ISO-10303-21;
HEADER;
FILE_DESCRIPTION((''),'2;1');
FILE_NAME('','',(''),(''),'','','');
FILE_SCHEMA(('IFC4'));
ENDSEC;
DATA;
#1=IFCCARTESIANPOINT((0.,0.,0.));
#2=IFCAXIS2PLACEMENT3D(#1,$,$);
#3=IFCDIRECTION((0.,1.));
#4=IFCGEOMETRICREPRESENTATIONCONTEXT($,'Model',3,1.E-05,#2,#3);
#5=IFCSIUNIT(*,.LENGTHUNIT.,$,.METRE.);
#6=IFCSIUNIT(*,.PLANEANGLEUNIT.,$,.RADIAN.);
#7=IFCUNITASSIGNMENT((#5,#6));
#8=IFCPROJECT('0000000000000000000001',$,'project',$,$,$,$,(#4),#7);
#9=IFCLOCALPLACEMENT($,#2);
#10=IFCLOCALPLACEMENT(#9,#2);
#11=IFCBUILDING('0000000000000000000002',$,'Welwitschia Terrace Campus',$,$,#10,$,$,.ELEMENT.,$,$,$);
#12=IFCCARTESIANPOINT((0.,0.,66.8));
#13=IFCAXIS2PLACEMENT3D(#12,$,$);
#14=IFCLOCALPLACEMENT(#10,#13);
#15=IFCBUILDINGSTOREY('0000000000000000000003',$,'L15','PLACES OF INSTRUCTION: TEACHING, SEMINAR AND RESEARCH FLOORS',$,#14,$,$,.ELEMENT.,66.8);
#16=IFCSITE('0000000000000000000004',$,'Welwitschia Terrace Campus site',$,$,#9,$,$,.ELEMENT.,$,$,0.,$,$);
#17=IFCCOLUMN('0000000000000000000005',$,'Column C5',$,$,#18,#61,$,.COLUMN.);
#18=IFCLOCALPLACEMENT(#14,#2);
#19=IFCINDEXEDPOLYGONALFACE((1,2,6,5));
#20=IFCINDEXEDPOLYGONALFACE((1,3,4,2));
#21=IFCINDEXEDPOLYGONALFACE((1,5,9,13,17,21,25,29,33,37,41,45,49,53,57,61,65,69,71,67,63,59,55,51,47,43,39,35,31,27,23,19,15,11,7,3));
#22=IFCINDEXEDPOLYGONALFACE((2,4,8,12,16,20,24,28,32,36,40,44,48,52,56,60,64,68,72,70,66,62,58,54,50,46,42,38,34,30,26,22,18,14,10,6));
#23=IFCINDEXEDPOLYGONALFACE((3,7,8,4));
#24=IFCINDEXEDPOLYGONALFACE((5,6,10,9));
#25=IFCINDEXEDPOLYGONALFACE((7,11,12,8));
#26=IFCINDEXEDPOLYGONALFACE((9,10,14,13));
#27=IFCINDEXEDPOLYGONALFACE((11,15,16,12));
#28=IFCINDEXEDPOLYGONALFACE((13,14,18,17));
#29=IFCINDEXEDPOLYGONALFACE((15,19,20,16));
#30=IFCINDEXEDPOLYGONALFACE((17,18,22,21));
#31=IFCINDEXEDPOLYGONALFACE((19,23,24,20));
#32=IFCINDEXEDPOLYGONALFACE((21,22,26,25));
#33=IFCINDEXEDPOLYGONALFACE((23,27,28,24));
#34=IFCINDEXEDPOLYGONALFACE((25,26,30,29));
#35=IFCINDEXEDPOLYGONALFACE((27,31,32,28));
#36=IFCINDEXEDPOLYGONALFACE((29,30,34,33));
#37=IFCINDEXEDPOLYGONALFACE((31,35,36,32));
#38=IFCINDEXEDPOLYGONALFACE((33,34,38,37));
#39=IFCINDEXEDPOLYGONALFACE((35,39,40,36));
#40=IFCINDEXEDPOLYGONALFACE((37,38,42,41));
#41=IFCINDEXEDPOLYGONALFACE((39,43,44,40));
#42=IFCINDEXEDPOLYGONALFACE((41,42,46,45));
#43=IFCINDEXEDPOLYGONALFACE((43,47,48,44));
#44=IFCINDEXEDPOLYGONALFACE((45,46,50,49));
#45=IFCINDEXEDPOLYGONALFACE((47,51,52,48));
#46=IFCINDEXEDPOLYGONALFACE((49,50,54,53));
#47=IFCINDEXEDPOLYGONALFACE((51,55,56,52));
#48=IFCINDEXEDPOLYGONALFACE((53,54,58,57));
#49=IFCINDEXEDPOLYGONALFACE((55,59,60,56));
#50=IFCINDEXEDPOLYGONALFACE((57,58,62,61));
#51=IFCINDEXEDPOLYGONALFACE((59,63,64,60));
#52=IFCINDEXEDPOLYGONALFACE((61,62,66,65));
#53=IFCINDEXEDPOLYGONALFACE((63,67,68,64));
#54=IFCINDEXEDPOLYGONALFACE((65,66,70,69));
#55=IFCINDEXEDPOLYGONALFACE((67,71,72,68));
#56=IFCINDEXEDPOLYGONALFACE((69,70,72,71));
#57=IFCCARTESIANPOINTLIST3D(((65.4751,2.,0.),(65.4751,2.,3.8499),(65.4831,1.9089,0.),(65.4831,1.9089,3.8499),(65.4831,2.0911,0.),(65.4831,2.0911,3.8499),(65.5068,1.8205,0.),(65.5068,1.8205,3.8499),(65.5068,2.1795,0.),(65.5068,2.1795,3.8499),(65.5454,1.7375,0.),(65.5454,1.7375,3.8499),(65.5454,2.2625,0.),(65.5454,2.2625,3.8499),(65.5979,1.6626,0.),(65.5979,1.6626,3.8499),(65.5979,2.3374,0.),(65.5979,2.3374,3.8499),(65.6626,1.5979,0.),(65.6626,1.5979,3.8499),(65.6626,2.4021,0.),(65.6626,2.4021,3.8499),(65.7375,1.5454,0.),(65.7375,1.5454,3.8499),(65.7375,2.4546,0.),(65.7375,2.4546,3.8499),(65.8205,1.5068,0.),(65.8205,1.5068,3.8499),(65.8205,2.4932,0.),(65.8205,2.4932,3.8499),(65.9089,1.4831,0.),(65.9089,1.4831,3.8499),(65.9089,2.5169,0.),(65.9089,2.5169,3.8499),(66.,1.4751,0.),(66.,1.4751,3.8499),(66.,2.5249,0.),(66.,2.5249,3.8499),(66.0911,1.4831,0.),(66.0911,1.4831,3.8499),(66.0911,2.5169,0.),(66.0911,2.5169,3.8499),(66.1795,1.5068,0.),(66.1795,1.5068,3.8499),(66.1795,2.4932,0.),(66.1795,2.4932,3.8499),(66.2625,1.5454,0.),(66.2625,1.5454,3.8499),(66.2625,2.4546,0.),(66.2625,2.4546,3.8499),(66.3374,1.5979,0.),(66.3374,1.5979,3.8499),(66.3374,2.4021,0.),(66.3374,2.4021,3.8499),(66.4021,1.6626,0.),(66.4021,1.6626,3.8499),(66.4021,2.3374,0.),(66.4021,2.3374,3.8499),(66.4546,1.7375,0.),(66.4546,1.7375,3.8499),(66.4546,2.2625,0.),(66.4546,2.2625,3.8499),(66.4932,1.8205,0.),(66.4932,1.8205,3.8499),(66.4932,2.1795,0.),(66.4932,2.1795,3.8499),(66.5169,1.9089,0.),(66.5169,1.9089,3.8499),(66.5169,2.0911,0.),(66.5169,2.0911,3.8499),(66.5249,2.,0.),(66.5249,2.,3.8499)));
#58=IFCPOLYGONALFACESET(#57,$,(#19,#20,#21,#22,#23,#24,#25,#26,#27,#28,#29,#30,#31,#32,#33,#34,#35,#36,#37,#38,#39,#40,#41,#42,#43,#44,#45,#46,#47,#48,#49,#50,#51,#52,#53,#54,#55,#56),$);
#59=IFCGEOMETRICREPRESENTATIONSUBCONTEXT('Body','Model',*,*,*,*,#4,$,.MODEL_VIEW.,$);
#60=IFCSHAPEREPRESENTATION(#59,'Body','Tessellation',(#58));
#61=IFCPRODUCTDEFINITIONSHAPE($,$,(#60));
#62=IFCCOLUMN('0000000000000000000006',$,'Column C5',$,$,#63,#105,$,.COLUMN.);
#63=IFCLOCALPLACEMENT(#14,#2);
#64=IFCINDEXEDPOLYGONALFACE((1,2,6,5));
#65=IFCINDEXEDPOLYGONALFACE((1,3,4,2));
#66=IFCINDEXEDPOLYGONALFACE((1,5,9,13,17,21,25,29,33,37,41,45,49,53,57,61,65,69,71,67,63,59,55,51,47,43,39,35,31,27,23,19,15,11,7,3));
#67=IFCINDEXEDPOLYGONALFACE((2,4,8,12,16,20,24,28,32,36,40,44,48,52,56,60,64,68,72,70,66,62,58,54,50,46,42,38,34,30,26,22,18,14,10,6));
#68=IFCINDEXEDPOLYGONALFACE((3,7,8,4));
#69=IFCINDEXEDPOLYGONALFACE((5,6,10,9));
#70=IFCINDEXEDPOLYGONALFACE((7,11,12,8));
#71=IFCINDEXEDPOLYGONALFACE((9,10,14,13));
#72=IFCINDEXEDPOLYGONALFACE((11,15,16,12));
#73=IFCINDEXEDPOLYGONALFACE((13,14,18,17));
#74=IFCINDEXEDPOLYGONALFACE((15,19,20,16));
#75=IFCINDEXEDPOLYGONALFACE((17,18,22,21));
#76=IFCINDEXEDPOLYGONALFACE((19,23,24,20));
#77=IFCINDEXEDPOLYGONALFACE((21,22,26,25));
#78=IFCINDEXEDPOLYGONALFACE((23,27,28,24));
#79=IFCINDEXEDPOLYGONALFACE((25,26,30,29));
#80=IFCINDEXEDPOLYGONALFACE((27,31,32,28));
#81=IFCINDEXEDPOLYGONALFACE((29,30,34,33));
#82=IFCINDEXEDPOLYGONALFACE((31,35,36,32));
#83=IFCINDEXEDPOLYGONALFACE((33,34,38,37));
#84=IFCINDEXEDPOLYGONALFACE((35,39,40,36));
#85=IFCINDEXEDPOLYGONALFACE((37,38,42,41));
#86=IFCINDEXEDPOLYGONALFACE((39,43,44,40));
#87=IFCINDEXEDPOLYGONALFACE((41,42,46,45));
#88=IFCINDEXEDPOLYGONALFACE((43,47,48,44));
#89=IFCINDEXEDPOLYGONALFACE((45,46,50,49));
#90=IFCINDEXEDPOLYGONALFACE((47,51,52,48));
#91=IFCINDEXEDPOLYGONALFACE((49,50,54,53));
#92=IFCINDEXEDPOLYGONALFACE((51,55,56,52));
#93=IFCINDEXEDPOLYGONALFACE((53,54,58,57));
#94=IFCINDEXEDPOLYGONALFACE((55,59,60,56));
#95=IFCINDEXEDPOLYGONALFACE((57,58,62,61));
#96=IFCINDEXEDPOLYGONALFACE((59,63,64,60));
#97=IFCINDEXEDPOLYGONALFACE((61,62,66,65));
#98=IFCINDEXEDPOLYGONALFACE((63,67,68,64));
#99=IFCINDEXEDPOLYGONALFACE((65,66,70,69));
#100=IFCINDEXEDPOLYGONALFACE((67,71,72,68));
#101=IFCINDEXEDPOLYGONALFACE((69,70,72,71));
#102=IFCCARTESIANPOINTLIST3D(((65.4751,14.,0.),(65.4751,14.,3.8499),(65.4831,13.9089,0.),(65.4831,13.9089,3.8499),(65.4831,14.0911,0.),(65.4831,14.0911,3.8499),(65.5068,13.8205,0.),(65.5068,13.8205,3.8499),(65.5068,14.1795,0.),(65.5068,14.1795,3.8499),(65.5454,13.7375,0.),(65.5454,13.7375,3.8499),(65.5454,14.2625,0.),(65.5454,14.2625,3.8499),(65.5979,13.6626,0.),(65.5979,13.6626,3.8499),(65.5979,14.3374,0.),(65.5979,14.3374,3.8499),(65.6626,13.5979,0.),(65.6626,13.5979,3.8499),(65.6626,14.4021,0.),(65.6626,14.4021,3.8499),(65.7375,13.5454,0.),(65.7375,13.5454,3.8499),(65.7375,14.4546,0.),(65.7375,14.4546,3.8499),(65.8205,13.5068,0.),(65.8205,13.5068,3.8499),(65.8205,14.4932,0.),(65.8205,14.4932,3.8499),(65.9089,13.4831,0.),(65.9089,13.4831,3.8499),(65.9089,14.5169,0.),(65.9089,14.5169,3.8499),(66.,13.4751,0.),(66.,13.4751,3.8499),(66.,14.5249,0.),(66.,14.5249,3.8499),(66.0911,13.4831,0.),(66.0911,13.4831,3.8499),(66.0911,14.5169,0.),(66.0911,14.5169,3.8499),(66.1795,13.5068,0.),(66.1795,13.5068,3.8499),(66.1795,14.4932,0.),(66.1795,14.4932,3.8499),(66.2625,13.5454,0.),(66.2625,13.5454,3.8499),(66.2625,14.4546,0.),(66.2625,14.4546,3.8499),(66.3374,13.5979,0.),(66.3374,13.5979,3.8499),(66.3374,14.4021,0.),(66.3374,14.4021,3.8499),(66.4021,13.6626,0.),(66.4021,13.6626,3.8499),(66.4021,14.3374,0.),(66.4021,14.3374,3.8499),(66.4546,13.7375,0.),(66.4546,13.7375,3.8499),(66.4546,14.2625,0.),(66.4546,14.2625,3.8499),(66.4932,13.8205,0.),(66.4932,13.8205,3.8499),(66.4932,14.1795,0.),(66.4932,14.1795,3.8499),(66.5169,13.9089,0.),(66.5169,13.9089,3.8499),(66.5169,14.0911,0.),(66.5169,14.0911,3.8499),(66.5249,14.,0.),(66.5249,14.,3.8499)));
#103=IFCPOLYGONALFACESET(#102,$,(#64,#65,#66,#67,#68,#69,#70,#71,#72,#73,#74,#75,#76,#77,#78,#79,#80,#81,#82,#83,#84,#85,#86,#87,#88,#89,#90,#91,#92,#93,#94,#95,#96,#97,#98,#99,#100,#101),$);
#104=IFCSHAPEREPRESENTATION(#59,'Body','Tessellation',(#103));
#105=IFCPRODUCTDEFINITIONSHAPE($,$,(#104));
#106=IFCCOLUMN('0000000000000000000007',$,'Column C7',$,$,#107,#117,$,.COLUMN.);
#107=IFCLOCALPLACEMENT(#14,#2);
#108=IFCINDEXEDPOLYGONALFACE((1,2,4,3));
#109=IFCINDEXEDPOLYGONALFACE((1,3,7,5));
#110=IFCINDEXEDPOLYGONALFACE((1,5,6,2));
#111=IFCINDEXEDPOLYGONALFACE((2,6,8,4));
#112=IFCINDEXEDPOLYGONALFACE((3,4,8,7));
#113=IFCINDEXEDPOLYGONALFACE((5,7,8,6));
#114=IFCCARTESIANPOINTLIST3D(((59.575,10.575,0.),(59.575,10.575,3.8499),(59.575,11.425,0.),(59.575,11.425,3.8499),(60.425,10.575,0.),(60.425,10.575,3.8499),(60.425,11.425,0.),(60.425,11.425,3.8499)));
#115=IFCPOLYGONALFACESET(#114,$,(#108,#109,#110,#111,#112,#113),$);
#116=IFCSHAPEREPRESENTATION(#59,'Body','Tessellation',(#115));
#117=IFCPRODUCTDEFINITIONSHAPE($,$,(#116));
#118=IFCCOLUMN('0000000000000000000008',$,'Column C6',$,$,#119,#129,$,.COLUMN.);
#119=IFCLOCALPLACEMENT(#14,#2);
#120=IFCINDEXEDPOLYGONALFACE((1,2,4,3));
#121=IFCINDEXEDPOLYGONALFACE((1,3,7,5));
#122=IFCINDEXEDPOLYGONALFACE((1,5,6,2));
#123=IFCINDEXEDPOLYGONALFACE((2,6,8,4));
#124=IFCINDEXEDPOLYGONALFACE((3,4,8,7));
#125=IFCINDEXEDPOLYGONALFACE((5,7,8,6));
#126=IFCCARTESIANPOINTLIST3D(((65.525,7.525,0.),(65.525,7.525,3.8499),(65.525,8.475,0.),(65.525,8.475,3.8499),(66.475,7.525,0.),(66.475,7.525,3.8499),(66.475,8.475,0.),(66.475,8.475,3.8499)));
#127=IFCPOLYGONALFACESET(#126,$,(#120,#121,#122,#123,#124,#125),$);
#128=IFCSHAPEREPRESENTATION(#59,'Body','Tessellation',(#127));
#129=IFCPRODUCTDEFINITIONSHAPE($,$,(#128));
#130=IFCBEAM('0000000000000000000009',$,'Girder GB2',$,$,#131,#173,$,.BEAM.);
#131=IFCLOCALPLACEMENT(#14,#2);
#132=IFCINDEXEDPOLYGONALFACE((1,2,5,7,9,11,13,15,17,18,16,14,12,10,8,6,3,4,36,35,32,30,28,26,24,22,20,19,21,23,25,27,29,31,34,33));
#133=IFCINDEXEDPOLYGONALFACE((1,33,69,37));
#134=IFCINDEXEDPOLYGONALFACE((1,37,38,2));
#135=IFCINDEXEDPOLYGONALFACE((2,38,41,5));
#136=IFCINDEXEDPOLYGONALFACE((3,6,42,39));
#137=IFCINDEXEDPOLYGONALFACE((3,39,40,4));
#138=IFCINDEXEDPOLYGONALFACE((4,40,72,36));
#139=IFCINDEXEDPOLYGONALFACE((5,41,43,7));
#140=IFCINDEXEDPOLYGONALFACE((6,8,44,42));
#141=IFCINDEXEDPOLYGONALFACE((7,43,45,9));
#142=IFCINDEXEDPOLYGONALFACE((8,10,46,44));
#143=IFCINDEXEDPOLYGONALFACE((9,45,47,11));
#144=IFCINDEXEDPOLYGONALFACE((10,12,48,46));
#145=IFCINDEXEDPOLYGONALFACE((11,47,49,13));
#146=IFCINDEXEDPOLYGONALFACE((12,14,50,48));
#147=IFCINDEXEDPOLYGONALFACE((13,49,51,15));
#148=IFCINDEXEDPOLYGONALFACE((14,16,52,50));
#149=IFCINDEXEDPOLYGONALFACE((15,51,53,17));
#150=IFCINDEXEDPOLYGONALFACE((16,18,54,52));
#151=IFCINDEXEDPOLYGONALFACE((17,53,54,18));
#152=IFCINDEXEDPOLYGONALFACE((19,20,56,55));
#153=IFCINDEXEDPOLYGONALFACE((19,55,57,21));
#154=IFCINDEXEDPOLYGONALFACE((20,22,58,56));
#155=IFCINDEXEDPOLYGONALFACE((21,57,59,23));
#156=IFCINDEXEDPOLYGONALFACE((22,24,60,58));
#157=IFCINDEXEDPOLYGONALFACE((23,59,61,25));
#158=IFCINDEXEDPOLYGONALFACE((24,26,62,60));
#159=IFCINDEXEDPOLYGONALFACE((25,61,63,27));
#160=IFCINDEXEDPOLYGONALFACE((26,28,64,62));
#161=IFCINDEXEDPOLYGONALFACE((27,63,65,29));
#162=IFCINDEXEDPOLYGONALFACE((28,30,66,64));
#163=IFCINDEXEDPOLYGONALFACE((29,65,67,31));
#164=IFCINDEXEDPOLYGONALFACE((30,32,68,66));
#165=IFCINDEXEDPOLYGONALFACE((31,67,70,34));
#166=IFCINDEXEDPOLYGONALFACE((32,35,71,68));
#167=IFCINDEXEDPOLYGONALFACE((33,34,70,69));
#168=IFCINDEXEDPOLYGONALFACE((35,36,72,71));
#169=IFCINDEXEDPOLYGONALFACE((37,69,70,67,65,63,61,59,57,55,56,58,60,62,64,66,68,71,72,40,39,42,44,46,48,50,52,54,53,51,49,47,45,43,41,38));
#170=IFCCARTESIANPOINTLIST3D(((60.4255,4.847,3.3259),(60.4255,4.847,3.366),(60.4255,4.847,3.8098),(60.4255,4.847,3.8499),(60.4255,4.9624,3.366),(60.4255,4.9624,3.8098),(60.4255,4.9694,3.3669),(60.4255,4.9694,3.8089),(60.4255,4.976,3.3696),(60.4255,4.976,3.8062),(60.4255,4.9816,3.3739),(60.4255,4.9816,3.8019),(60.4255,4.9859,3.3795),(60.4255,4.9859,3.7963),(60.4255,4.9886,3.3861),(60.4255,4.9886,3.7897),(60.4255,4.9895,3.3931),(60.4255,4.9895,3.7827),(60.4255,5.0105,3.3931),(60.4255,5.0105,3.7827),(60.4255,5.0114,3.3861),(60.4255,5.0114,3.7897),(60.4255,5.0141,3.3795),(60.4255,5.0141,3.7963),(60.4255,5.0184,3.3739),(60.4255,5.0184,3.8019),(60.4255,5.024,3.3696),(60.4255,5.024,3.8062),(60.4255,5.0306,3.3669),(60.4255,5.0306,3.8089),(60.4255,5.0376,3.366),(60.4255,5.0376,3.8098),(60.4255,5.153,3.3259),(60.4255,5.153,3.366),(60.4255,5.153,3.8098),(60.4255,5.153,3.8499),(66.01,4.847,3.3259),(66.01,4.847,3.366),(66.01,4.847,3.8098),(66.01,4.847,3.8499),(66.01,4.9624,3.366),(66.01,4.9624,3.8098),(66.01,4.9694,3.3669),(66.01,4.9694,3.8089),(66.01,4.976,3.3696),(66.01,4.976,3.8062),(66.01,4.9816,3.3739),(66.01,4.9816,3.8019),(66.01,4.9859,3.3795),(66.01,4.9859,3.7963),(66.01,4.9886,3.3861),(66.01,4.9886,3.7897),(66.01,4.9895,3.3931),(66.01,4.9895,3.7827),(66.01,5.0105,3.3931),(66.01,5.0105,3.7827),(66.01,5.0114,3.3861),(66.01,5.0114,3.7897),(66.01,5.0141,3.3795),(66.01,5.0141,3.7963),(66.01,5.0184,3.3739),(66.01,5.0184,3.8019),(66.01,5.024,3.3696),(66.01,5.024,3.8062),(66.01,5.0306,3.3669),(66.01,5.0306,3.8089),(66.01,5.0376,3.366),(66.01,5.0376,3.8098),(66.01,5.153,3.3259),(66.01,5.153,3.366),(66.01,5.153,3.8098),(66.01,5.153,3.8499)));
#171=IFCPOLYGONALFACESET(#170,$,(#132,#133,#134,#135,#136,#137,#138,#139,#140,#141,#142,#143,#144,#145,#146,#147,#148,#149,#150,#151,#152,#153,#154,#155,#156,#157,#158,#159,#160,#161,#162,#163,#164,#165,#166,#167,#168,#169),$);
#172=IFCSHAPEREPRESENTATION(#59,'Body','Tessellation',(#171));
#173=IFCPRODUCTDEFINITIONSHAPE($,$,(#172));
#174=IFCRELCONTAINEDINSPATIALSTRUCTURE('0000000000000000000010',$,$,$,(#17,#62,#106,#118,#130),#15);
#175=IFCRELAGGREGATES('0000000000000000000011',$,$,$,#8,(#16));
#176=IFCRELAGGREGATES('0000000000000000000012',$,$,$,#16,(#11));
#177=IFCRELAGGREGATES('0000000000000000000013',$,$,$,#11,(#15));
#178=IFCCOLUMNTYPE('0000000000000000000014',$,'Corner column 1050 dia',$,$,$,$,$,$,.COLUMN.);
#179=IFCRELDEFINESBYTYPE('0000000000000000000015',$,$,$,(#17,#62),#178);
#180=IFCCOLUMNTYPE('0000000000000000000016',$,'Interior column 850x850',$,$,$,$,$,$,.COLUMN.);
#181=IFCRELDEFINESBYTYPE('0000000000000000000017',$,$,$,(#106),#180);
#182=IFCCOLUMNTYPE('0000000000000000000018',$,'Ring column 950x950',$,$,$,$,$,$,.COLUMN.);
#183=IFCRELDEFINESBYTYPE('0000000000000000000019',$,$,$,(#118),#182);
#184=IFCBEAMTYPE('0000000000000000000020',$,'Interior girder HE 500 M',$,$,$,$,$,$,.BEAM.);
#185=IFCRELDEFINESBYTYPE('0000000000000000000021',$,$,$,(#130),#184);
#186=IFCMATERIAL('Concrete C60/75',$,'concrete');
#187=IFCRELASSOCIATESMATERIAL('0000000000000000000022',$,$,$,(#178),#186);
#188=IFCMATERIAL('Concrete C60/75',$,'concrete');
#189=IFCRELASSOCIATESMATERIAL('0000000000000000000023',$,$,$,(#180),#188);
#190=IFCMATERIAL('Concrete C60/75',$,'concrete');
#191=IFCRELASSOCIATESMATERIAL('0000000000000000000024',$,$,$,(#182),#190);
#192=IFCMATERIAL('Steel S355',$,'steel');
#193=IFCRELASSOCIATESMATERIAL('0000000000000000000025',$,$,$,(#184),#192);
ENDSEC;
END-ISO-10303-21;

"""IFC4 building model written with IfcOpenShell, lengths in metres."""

from ifc_helpers import new_model, si_unit, direction, frame, origin, origin_2d, place, context, subcontext, project, spatial, rectangle, circle, i_section, extrude, material, material_profile, profile_set, type_object, element, save


model = new_model("IFC4")

# Units and contexts
model_context = context("Model", 3, precision=1e-05, world=origin(), true_north=direction((0.0, 1.0)))
body_context = subcontext(model_context, "Body", "Model", "MODEL_VIEW")
ifc_project = project(units=[si_unit("LENGTHUNIT", "METRE"), si_unit("PLANEANGLEUNIT", "RADIAN")], contexts=[model_context])

# Site, building, storey
site_placement = place(None, origin())
site = spatial("IfcSite", under=ifc_project, at=site_placement, Name="Welwitschia Terrace Campus site", CompositionType="ELEMENT", RefElevation=0.0)
building_placement = place(site_placement, origin())
building = spatial("IfcBuilding", under=site, at=building_placement, Name="Welwitschia Terrace Campus", CompositionType="ELEMENT")
storey_placement = place(building_placement, frame((0.0, 0.0, 66.8)))
storey = spatial("IfcBuildingStorey", under=building, at=storey_placement, Name="L15", Description="PLACES OF INSTRUCTION: TEACHING, SEMINAR AND RESEARCH FLOORS", CompositionType="ELEMENT", Elevation=66.8)

# Columns
ifc_material_1 = material(Name="Concrete C60/75", Category="concrete")
ifc_material_profile_1 = material_profile(ifc_material_1, circle(Radius=0.5249, at=origin_2d()))
ifc_profile_set_1 = profile_set([ifc_material_profile_1], Name="Concrete C60/75")
column_type_1 = type_object("IfcColumnType", Name="Corner column 1050 dia", PredefinedType="COLUMN", material=ifc_profile_set_1)
for number, where, z_axis, x_axis, name in (
    (1, (66.0, 2.0, 0.0), (0.0, 0.0, 1.0), (1.0, 0.0, 0.0), "Column C5"),
    (2, (66.0, 14.0, 0.0), (0.0, 0.0, 1.0), (1.0, 0.0, 0.0), "Column C5"),
):
    element("IfcColumn", number, at=place(storey_placement, frame(where, z_axis=z_axis, x_axis=x_axis)), inside=storey, type_object=column_type_1, Name=name, PredefinedType="COLUMN", context=body_context, shape_type="SweptSolid", body=[
        extrude(circle(Radius=0.5249, at=origin_2d()), origin(), (0.0, 0.0, 1.0), 3.8499),
    ])
ifc_material_2 = material(Name="Concrete C60/75", Category="concrete")
ifc_material_profile_2 = material_profile(ifc_material_2, rectangle(XDim=0.8501, YDim=0.8501, at=origin_2d()))
ifc_profile_set_2 = profile_set([ifc_material_profile_2], Name="Concrete C60/75")
column_type_2 = type_object("IfcColumnType", Name="Interior column 850x850", PredefinedType="COLUMN", material=ifc_profile_set_2)
column_1_placement = place(storey_placement, frame((60.0, 11.0, 0.0), z_axis=(0.0, 0.0, 1.0), x_axis=(1.0, 0.0, 0.0)))
element("IfcColumn", 3, at=column_1_placement, inside=storey, type_object=column_type_2, Name="Column C7", PredefinedType="COLUMN", context=body_context, shape_type="SweptSolid", body=[
    extrude(rectangle(XDim=0.8501, YDim=0.8501, at=origin_2d()), origin(), (0.0, 0.0, 1.0), 3.8499),
])
ifc_material_3 = material(Name="Concrete C60/75", Category="concrete")
ifc_material_profile_3 = material_profile(ifc_material_3, rectangle(XDim=0.95, YDim=0.95, at=origin_2d()))
ifc_profile_set_3 = profile_set([ifc_material_profile_3], Name="Concrete C60/75")
column_type_3 = type_object("IfcColumnType", Name="Ring column 950x950", PredefinedType="COLUMN", material=ifc_profile_set_3)
column_2_placement = place(storey_placement, frame((66.0, 8.0, 0.0), z_axis=(0.0, 0.0, 1.0), x_axis=(1.0, 0.0, 0.0)))
element("IfcColumn", 4, at=column_2_placement, inside=storey, type_object=column_type_3, Name="Column C6", PredefinedType="COLUMN", context=body_context, shape_type="SweptSolid", body=[
    extrude(rectangle(XDim=0.95, YDim=0.95, at=origin_2d()), origin(), (0.0, 0.0, 1.0), 3.8499),
])

# Beam
ifc_material_4 = material(Name="Steel S355", Category="steel")
ifc_material_profile_4 = material_profile(ifc_material_4, i_section(OverallWidth=0.3059, OverallDepth=0.5239, WebThickness=0.021, FlangeThickness=0.04, FilletRadius=0.0271, at=origin_2d()))
ifc_profile_set_4 = profile_set([ifc_material_profile_4], Name="Steel S355")
beam_type_1 = type_object("IfcBeamType", Name="Interior girder HE 500 M", PredefinedType="BEAM", material=ifc_profile_set_4)
for number, where, z_axis, x_axis, name in (
    (5, (60.4255, 5.0, 3.5879), (1.0, 0.0, 0.0), (0.0, 1.0, 0.0), "Girder GB2"),
):
    element("IfcBeam", number, at=place(storey_placement, frame(where, z_axis=z_axis, x_axis=x_axis)), inside=storey, type_object=beam_type_1, Name=name, PredefinedType="BEAM", context=body_context, shape_type="SweptSolid", body=[
        extrude(i_section(OverallWidth=0.3059, OverallDepth=0.5239, WebThickness=0.021, FlangeThickness=0.04, FilletRadius=0.0271, at=origin_2d()), origin(), (0.0, 0.0, 1.0), 5.5845),
    ])

save(model, "model.ifc")
